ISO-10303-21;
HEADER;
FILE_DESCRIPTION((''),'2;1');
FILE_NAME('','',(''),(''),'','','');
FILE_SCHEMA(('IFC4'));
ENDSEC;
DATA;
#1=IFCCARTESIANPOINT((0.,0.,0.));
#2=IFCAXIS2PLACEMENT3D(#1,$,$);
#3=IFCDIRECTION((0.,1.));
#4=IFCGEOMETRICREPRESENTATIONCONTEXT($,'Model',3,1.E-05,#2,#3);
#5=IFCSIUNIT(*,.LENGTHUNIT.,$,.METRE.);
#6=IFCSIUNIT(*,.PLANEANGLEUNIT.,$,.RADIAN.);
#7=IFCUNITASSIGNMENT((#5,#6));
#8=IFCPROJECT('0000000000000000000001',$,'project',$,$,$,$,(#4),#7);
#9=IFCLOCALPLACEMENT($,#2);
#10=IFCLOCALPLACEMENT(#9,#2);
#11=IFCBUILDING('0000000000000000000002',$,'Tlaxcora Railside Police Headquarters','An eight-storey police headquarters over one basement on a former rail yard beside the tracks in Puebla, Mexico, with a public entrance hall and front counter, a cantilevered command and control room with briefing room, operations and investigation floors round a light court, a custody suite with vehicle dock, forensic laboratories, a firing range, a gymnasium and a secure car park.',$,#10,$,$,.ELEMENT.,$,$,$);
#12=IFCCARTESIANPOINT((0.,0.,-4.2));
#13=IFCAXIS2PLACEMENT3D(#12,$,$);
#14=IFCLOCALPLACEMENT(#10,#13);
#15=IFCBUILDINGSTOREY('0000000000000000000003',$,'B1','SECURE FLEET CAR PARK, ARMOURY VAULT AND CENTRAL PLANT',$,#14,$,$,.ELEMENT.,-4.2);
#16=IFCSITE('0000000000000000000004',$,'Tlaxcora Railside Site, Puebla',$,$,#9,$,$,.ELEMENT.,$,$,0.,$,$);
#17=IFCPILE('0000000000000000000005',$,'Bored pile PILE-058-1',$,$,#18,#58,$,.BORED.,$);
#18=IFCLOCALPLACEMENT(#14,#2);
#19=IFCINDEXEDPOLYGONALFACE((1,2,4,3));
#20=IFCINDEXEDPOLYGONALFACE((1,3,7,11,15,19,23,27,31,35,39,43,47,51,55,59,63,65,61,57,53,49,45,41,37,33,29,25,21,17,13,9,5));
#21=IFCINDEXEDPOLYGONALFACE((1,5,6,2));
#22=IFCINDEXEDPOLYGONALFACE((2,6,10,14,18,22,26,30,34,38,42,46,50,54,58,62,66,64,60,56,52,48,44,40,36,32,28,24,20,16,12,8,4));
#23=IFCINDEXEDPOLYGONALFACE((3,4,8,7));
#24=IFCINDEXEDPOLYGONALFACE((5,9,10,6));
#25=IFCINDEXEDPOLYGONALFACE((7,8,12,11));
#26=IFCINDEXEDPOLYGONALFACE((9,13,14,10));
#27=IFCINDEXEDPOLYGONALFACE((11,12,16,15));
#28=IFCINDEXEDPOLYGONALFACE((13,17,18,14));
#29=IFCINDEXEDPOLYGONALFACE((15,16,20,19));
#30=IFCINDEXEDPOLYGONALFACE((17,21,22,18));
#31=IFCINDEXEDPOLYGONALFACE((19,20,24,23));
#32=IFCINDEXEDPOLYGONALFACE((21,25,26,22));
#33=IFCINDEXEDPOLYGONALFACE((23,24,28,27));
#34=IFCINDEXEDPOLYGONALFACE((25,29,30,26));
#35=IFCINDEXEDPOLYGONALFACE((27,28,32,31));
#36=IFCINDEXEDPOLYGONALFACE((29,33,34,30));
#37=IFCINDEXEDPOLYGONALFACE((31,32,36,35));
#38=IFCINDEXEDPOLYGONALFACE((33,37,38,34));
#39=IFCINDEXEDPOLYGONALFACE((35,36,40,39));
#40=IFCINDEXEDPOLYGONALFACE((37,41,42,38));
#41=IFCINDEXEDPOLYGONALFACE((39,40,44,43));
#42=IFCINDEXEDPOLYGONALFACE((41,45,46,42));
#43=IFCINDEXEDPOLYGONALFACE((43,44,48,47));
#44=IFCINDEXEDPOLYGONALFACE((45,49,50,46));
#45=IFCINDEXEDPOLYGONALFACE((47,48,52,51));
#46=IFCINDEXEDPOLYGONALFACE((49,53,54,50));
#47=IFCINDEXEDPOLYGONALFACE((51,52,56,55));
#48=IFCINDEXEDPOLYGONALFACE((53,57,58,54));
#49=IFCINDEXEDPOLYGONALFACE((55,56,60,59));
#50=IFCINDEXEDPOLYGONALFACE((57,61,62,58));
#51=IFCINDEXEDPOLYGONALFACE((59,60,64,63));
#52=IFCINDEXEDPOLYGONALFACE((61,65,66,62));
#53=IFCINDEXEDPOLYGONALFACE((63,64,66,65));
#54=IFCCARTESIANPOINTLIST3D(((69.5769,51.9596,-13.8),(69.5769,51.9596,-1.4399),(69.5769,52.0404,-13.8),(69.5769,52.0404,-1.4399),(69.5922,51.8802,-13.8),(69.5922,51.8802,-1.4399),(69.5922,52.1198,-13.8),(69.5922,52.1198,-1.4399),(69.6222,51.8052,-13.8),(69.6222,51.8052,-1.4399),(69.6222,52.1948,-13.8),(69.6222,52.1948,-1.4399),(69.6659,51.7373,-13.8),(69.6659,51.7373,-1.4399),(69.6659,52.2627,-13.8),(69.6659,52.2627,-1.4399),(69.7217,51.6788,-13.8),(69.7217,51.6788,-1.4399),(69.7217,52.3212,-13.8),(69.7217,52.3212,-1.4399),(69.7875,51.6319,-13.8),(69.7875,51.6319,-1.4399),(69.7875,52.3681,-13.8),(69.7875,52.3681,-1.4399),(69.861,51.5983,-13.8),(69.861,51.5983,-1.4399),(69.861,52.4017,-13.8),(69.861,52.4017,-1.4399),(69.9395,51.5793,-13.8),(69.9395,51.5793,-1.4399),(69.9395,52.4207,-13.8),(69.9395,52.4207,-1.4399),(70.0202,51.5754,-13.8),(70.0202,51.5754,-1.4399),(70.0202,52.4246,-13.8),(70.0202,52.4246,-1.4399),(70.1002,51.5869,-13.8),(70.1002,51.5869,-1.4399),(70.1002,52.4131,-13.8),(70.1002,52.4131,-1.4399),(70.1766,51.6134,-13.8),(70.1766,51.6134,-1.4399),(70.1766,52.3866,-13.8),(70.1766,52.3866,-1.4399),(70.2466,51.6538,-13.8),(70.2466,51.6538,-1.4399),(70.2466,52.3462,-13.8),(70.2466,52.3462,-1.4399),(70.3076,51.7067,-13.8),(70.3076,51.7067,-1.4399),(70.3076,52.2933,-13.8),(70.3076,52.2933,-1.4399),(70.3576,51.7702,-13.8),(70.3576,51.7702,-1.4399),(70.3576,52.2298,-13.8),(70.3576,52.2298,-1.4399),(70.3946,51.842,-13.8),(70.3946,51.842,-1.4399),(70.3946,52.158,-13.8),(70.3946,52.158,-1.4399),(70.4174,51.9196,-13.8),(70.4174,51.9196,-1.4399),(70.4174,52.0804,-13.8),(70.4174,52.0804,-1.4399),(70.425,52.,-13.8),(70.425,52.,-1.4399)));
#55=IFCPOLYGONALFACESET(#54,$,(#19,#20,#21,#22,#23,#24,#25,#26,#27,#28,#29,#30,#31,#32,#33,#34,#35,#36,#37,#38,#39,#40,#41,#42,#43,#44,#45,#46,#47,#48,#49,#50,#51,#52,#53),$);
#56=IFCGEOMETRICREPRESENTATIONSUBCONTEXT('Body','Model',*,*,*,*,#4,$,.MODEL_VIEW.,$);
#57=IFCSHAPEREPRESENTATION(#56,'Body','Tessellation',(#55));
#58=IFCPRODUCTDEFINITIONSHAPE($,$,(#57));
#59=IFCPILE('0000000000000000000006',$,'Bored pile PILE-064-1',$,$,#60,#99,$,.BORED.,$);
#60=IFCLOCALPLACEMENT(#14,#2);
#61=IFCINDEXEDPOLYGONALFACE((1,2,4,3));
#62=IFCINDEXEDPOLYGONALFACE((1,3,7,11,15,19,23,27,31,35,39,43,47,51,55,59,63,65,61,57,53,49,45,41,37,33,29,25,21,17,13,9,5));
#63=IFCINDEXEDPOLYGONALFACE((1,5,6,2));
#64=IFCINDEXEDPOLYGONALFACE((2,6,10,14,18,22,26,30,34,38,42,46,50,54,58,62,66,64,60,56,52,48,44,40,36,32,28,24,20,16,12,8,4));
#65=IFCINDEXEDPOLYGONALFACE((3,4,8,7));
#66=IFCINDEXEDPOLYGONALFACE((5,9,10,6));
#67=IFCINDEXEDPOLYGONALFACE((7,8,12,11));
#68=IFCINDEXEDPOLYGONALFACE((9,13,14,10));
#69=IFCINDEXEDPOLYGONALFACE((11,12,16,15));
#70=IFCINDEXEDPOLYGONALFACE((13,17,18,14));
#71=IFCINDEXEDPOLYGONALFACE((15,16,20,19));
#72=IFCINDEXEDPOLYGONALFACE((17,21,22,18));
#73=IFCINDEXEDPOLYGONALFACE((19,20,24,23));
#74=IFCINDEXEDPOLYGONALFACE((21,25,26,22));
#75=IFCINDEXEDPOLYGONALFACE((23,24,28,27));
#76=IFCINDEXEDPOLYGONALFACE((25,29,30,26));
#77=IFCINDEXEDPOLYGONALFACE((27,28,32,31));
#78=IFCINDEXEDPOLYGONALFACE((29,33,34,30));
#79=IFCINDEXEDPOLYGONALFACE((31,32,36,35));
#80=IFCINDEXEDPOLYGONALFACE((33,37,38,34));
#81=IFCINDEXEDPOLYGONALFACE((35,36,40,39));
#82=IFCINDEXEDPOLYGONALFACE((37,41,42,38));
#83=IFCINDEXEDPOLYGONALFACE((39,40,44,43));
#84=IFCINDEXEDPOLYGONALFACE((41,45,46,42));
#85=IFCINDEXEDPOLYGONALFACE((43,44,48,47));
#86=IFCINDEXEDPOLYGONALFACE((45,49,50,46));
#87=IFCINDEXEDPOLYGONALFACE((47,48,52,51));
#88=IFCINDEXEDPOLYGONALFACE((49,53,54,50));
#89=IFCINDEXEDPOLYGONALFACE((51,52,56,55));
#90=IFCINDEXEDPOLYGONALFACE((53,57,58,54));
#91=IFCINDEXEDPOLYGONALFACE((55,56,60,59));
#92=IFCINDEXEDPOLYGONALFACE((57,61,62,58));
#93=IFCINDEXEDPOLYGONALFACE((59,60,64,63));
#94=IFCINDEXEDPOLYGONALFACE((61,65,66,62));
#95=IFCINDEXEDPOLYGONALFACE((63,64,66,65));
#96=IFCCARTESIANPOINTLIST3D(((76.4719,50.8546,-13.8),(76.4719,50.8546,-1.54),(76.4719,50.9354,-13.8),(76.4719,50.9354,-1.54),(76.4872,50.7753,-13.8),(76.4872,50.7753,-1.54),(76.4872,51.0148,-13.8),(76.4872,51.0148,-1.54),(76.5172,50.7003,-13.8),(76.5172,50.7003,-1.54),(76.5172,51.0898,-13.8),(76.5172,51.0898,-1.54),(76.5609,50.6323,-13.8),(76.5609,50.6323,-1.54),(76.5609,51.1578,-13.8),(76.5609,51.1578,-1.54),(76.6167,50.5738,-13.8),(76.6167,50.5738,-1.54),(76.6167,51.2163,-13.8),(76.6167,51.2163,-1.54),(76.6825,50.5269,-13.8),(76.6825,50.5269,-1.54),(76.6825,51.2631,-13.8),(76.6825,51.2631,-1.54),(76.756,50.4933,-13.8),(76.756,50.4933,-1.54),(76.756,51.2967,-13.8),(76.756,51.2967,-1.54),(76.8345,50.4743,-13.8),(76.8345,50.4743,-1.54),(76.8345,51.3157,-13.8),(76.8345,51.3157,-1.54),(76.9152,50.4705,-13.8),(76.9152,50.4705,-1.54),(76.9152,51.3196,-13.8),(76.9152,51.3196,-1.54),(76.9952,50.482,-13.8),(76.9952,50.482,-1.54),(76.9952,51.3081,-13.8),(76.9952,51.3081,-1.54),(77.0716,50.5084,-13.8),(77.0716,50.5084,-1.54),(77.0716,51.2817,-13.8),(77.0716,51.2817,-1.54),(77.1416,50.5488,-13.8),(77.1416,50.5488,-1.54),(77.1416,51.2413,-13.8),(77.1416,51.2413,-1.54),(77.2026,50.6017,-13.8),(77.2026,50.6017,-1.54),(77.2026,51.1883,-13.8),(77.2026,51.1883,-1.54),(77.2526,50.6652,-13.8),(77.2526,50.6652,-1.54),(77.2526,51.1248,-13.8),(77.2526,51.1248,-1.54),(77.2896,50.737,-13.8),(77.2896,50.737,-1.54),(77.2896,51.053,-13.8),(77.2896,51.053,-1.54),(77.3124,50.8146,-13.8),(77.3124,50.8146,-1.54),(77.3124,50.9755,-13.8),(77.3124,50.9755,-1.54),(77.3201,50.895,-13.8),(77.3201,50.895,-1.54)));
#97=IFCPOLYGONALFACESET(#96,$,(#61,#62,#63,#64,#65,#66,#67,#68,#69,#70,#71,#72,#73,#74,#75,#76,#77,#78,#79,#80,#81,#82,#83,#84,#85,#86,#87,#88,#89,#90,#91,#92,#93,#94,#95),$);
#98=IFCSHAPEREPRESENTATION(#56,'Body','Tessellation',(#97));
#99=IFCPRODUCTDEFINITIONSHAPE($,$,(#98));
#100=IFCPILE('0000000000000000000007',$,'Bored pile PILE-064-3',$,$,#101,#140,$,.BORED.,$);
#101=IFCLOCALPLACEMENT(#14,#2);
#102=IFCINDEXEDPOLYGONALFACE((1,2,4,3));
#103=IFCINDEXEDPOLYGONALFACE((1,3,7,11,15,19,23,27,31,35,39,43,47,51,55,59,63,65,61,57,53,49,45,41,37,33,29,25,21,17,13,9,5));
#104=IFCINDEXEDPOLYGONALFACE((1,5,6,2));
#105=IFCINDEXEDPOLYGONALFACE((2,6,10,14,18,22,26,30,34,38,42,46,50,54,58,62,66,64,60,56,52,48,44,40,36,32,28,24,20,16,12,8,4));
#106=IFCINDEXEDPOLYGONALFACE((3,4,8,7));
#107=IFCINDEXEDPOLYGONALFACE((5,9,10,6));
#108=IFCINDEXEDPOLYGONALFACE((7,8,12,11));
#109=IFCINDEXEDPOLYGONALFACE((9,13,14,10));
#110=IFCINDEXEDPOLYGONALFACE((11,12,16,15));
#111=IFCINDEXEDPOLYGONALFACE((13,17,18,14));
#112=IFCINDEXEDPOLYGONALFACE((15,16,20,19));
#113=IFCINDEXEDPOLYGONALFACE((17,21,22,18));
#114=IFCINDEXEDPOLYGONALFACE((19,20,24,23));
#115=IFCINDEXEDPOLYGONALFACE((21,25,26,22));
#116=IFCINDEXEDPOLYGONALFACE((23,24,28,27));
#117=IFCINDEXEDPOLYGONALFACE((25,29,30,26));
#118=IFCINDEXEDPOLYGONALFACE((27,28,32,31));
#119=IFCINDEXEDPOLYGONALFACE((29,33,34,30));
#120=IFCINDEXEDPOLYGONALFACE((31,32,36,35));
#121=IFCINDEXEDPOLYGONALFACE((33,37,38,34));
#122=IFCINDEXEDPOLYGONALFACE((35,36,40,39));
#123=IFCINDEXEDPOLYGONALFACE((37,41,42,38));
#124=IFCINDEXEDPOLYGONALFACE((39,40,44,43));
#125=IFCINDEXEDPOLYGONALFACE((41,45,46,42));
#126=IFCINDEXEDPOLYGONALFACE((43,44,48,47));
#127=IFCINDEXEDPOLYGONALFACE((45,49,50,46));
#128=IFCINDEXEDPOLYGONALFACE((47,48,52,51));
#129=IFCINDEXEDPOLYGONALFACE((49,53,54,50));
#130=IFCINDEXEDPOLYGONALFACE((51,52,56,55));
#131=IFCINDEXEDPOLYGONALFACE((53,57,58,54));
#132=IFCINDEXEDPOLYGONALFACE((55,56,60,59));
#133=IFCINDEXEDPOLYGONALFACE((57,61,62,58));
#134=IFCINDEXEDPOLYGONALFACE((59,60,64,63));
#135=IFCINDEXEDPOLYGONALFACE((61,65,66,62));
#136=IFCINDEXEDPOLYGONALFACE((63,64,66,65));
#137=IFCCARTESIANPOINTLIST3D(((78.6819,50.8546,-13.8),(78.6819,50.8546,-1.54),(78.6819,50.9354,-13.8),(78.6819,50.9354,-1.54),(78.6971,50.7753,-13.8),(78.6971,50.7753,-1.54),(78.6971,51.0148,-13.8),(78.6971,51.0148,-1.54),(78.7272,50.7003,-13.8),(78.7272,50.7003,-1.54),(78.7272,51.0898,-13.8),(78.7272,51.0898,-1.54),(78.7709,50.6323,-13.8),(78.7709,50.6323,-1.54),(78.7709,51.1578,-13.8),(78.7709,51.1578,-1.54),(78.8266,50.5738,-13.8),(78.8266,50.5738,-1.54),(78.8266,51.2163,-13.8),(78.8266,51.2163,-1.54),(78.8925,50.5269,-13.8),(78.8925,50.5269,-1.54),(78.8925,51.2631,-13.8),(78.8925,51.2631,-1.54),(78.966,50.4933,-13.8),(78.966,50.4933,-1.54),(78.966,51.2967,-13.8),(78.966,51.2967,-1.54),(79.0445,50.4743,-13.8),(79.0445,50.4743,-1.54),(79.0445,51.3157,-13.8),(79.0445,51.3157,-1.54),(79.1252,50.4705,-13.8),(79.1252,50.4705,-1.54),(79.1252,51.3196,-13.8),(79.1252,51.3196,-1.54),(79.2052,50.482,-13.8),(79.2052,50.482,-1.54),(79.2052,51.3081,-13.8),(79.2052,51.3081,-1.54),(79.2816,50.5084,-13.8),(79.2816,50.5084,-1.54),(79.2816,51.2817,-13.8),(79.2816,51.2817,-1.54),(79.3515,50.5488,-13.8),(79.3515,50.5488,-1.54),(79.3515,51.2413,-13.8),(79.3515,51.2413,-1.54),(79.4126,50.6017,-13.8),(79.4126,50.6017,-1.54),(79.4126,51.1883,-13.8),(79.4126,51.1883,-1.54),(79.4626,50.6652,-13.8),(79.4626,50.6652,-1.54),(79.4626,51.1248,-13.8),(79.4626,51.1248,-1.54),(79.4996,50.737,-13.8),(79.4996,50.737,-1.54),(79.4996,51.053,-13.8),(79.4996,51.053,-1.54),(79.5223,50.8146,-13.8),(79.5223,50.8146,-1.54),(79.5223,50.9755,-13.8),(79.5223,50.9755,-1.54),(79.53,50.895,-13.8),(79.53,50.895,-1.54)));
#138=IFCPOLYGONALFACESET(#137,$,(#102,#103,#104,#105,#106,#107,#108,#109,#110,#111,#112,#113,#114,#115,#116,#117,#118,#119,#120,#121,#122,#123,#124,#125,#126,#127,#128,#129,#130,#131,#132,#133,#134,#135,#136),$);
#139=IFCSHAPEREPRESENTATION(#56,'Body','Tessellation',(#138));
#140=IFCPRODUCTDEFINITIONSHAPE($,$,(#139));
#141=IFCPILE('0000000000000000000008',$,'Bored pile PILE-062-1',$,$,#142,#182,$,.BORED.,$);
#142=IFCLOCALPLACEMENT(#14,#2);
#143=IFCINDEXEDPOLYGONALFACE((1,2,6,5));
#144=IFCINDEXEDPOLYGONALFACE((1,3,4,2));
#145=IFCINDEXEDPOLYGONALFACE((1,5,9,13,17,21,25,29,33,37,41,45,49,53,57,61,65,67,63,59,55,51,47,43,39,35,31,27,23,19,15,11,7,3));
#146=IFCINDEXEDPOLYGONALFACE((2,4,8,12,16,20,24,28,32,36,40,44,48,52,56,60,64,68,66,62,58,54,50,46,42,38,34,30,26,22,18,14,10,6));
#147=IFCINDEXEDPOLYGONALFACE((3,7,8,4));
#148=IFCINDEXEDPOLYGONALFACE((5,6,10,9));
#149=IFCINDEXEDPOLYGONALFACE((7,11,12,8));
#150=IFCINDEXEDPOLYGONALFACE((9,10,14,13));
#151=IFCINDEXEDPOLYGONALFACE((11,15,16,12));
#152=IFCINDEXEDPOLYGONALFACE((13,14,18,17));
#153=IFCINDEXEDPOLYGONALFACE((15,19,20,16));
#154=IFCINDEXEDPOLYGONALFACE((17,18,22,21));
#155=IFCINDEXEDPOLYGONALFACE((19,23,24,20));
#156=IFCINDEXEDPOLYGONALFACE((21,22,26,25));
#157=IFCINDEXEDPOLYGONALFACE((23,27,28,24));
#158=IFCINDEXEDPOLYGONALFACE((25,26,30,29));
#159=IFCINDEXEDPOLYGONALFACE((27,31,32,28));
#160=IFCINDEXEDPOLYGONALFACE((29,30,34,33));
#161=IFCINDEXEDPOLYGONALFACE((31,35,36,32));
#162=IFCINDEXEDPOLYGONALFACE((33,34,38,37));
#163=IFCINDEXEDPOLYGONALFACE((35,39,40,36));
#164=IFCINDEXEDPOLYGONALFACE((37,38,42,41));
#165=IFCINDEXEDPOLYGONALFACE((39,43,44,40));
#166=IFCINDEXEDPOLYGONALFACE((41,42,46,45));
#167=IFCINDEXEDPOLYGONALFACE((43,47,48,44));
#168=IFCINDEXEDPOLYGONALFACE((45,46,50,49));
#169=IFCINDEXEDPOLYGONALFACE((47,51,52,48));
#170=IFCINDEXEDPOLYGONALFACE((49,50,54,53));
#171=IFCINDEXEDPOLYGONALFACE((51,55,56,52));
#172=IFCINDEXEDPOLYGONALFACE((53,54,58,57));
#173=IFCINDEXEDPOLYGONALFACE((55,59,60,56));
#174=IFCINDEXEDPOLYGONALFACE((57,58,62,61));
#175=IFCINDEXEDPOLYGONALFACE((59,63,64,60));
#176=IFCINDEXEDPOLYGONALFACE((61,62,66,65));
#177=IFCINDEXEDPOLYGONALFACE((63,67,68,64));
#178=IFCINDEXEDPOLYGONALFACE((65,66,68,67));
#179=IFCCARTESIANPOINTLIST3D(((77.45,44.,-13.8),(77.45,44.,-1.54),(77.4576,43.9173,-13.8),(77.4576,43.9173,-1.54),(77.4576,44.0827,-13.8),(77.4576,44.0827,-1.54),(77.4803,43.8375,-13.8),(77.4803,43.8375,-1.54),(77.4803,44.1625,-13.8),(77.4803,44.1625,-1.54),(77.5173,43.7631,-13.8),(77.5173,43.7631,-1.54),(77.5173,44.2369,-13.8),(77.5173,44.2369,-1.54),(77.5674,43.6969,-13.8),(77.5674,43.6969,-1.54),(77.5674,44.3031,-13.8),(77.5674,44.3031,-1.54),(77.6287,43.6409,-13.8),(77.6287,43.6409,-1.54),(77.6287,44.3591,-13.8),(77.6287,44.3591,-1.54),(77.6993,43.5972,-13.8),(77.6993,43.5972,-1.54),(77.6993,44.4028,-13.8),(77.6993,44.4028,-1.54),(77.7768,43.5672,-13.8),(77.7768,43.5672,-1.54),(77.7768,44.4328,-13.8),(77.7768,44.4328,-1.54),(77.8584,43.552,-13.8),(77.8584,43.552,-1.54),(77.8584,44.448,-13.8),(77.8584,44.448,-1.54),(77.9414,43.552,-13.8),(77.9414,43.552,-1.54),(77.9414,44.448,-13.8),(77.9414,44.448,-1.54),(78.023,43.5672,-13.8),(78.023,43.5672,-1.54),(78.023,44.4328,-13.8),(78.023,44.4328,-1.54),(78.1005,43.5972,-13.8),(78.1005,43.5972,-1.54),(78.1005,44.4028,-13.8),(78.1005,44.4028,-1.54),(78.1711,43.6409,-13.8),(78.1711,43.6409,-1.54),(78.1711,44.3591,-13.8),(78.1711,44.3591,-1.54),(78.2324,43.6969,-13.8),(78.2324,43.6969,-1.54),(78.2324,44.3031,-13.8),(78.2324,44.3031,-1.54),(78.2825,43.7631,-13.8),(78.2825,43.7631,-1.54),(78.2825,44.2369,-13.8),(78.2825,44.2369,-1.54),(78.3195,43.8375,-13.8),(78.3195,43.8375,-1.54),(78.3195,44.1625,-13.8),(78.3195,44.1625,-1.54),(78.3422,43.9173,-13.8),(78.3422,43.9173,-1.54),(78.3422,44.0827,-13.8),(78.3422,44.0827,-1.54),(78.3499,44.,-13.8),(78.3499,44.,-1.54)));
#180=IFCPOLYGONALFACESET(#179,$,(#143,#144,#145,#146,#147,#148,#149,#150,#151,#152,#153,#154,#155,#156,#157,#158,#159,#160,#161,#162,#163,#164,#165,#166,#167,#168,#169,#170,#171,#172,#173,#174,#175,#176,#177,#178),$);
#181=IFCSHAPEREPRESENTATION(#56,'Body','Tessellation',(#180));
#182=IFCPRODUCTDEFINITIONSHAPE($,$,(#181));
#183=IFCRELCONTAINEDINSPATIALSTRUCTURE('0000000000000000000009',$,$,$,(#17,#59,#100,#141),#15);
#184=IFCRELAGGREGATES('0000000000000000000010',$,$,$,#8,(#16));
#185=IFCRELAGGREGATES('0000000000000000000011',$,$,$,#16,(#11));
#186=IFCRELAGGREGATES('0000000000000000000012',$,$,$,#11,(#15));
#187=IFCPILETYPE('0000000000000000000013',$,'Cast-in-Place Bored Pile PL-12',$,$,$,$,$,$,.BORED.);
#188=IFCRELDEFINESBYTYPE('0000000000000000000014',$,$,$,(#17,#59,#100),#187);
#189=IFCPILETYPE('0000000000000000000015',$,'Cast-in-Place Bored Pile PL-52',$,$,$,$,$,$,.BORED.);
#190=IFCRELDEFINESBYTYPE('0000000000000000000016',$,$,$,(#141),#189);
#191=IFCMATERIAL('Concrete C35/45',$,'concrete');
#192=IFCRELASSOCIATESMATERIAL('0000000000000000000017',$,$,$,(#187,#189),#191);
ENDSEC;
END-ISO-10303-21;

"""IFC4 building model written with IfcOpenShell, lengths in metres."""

from ifc_helpers import new_model, si_unit, direction, frame, origin, origin_2d, place, context, subcontext, project, spatial, circle, extrude, material, material_profile, profile_set, type_object, element, save


model = new_model("IFC4")

# Units and contexts
model_context = context("Model", 3, precision=1e-05, world=origin(), true_north=direction((0.0, 1.0)))
body_context = subcontext(model_context, "Body", "Model", "MODEL_VIEW")
ifc_project = project(units=[si_unit("LENGTHUNIT", "METRE"), si_unit("PLANEANGLEUNIT", "RADIAN")], contexts=[model_context])

# Site, building, storey
site_placement = place(None, origin())
site = spatial("IfcSite", under=ifc_project, at=site_placement, Name="Tlaxcora Railside Site, Puebla", CompositionType="ELEMENT", RefElevation=0.0)
building_placement = place(site_placement, origin())
building = spatial("IfcBuilding", under=site, at=building_placement, Name="Tlaxcora Railside Police Headquarters", Description="An eight-storey police headquarters over one basement on a former rail yard beside the tracks in Puebla, Mexico, with a public entrance hall and front counter, a cantilevered command and control room with briefing room, operations and investigation floors round a light court, a custody suite with vehicle dock, forensic laboratories, a firing range, a gymnasium and a secure car park.", CompositionType="ELEMENT")
storey_placement = place(building_placement, frame((0.0, 0.0, -4.2)))
storey = spatial("IfcBuildingStorey", under=building, at=storey_placement, Name="B1", Description="SECURE FLEET CAR PARK, ARMOURY VAULT AND CENTRAL PLANT", CompositionType="ELEMENT", Elevation=-4.2)

# Piles
ifc_material_1 = material(Name="Concrete C35/45", Category="concrete")
ifc_material_profile_1 = material_profile(ifc_material_1, circle(Radius=0.425, at=origin_2d()), Name="PILE850")
ifc_profile_set_1 = profile_set([ifc_material_profile_1], Name="Concrete C35/45")
pile_type_1 = type_object("IfcPileType", Name="Cast-in-Place Bored Pile PL-12", PredefinedType="BORED", material=ifc_profile_set_1)
pile_1_placement = place(storey_placement, frame((70.0, 52.0, -1.4399), z_axis=(0.0, 0.0, -1.0), x_axis=(1.0, 0.0, 0.0)))
element("IfcPile", 1, at=pile_1_placement, inside=storey, type_object=pile_type_1, Name="Bored pile PILE-058-1", PredefinedType="BORED", context=body_context, shape_type="SweptSolid", body=[
    extrude(circle(Radius=0.425, at=origin_2d()), origin(), (0.0, 0.0, 1.0), 12.3601),
])
for number, where, z_axis, x_axis, name in (
    (2, (76.895, 50.895, -1.54), (0.0, 0.0, -1.0), (1.0, 0.0, 0.0), "Bored pile PILE-064-1"),
    (3, (79.105, 50.895, -1.54), (0.0, 0.0, -1.0), (1.0, 0.0, 0.0), "Bored pile PILE-064-3"),
):
    element("IfcPile", number, at=place(storey_placement, frame(where, z_axis=z_axis, x_axis=x_axis)), inside=storey, type_object=pile_type_1, Name=name, PredefinedType="BORED", context=body_context, shape_type="SweptSolid", body=[
        extrude(circle(Radius=0.425, at=origin_2d()), origin(), (0.0, 0.0, 1.0), 12.26),
    ])
ifc_material_profile_2 = material_profile(ifc_material_1, circle(Radius=0.45, at=origin_2d()), Name="PILE900")
ifc_profile_set_2 = profile_set([ifc_material_profile_2], Name="Concrete C35/45")
pile_type_2 = type_object("IfcPileType", Name="Cast-in-Place Bored Pile PL-52", PredefinedType="BORED", material=ifc_profile_set_2)
pile_2_placement = place(storey_placement, frame((77.8999, 44.0, -1.54), z_axis=(0.0, 0.0, -1.0), x_axis=(1.0, 0.0, 0.0)))
element("IfcPile", 4, at=pile_2_placement, inside=storey, type_object=pile_type_2, Name="Bored pile PILE-062-1", PredefinedType="BORED", context=body_context, shape_type="SweptSolid", body=[
    extrude(circle(Radius=0.45, at=origin_2d()), origin(), (0.0, 0.0, 1.0), 12.26),
])

save(model, "model.ifc")
